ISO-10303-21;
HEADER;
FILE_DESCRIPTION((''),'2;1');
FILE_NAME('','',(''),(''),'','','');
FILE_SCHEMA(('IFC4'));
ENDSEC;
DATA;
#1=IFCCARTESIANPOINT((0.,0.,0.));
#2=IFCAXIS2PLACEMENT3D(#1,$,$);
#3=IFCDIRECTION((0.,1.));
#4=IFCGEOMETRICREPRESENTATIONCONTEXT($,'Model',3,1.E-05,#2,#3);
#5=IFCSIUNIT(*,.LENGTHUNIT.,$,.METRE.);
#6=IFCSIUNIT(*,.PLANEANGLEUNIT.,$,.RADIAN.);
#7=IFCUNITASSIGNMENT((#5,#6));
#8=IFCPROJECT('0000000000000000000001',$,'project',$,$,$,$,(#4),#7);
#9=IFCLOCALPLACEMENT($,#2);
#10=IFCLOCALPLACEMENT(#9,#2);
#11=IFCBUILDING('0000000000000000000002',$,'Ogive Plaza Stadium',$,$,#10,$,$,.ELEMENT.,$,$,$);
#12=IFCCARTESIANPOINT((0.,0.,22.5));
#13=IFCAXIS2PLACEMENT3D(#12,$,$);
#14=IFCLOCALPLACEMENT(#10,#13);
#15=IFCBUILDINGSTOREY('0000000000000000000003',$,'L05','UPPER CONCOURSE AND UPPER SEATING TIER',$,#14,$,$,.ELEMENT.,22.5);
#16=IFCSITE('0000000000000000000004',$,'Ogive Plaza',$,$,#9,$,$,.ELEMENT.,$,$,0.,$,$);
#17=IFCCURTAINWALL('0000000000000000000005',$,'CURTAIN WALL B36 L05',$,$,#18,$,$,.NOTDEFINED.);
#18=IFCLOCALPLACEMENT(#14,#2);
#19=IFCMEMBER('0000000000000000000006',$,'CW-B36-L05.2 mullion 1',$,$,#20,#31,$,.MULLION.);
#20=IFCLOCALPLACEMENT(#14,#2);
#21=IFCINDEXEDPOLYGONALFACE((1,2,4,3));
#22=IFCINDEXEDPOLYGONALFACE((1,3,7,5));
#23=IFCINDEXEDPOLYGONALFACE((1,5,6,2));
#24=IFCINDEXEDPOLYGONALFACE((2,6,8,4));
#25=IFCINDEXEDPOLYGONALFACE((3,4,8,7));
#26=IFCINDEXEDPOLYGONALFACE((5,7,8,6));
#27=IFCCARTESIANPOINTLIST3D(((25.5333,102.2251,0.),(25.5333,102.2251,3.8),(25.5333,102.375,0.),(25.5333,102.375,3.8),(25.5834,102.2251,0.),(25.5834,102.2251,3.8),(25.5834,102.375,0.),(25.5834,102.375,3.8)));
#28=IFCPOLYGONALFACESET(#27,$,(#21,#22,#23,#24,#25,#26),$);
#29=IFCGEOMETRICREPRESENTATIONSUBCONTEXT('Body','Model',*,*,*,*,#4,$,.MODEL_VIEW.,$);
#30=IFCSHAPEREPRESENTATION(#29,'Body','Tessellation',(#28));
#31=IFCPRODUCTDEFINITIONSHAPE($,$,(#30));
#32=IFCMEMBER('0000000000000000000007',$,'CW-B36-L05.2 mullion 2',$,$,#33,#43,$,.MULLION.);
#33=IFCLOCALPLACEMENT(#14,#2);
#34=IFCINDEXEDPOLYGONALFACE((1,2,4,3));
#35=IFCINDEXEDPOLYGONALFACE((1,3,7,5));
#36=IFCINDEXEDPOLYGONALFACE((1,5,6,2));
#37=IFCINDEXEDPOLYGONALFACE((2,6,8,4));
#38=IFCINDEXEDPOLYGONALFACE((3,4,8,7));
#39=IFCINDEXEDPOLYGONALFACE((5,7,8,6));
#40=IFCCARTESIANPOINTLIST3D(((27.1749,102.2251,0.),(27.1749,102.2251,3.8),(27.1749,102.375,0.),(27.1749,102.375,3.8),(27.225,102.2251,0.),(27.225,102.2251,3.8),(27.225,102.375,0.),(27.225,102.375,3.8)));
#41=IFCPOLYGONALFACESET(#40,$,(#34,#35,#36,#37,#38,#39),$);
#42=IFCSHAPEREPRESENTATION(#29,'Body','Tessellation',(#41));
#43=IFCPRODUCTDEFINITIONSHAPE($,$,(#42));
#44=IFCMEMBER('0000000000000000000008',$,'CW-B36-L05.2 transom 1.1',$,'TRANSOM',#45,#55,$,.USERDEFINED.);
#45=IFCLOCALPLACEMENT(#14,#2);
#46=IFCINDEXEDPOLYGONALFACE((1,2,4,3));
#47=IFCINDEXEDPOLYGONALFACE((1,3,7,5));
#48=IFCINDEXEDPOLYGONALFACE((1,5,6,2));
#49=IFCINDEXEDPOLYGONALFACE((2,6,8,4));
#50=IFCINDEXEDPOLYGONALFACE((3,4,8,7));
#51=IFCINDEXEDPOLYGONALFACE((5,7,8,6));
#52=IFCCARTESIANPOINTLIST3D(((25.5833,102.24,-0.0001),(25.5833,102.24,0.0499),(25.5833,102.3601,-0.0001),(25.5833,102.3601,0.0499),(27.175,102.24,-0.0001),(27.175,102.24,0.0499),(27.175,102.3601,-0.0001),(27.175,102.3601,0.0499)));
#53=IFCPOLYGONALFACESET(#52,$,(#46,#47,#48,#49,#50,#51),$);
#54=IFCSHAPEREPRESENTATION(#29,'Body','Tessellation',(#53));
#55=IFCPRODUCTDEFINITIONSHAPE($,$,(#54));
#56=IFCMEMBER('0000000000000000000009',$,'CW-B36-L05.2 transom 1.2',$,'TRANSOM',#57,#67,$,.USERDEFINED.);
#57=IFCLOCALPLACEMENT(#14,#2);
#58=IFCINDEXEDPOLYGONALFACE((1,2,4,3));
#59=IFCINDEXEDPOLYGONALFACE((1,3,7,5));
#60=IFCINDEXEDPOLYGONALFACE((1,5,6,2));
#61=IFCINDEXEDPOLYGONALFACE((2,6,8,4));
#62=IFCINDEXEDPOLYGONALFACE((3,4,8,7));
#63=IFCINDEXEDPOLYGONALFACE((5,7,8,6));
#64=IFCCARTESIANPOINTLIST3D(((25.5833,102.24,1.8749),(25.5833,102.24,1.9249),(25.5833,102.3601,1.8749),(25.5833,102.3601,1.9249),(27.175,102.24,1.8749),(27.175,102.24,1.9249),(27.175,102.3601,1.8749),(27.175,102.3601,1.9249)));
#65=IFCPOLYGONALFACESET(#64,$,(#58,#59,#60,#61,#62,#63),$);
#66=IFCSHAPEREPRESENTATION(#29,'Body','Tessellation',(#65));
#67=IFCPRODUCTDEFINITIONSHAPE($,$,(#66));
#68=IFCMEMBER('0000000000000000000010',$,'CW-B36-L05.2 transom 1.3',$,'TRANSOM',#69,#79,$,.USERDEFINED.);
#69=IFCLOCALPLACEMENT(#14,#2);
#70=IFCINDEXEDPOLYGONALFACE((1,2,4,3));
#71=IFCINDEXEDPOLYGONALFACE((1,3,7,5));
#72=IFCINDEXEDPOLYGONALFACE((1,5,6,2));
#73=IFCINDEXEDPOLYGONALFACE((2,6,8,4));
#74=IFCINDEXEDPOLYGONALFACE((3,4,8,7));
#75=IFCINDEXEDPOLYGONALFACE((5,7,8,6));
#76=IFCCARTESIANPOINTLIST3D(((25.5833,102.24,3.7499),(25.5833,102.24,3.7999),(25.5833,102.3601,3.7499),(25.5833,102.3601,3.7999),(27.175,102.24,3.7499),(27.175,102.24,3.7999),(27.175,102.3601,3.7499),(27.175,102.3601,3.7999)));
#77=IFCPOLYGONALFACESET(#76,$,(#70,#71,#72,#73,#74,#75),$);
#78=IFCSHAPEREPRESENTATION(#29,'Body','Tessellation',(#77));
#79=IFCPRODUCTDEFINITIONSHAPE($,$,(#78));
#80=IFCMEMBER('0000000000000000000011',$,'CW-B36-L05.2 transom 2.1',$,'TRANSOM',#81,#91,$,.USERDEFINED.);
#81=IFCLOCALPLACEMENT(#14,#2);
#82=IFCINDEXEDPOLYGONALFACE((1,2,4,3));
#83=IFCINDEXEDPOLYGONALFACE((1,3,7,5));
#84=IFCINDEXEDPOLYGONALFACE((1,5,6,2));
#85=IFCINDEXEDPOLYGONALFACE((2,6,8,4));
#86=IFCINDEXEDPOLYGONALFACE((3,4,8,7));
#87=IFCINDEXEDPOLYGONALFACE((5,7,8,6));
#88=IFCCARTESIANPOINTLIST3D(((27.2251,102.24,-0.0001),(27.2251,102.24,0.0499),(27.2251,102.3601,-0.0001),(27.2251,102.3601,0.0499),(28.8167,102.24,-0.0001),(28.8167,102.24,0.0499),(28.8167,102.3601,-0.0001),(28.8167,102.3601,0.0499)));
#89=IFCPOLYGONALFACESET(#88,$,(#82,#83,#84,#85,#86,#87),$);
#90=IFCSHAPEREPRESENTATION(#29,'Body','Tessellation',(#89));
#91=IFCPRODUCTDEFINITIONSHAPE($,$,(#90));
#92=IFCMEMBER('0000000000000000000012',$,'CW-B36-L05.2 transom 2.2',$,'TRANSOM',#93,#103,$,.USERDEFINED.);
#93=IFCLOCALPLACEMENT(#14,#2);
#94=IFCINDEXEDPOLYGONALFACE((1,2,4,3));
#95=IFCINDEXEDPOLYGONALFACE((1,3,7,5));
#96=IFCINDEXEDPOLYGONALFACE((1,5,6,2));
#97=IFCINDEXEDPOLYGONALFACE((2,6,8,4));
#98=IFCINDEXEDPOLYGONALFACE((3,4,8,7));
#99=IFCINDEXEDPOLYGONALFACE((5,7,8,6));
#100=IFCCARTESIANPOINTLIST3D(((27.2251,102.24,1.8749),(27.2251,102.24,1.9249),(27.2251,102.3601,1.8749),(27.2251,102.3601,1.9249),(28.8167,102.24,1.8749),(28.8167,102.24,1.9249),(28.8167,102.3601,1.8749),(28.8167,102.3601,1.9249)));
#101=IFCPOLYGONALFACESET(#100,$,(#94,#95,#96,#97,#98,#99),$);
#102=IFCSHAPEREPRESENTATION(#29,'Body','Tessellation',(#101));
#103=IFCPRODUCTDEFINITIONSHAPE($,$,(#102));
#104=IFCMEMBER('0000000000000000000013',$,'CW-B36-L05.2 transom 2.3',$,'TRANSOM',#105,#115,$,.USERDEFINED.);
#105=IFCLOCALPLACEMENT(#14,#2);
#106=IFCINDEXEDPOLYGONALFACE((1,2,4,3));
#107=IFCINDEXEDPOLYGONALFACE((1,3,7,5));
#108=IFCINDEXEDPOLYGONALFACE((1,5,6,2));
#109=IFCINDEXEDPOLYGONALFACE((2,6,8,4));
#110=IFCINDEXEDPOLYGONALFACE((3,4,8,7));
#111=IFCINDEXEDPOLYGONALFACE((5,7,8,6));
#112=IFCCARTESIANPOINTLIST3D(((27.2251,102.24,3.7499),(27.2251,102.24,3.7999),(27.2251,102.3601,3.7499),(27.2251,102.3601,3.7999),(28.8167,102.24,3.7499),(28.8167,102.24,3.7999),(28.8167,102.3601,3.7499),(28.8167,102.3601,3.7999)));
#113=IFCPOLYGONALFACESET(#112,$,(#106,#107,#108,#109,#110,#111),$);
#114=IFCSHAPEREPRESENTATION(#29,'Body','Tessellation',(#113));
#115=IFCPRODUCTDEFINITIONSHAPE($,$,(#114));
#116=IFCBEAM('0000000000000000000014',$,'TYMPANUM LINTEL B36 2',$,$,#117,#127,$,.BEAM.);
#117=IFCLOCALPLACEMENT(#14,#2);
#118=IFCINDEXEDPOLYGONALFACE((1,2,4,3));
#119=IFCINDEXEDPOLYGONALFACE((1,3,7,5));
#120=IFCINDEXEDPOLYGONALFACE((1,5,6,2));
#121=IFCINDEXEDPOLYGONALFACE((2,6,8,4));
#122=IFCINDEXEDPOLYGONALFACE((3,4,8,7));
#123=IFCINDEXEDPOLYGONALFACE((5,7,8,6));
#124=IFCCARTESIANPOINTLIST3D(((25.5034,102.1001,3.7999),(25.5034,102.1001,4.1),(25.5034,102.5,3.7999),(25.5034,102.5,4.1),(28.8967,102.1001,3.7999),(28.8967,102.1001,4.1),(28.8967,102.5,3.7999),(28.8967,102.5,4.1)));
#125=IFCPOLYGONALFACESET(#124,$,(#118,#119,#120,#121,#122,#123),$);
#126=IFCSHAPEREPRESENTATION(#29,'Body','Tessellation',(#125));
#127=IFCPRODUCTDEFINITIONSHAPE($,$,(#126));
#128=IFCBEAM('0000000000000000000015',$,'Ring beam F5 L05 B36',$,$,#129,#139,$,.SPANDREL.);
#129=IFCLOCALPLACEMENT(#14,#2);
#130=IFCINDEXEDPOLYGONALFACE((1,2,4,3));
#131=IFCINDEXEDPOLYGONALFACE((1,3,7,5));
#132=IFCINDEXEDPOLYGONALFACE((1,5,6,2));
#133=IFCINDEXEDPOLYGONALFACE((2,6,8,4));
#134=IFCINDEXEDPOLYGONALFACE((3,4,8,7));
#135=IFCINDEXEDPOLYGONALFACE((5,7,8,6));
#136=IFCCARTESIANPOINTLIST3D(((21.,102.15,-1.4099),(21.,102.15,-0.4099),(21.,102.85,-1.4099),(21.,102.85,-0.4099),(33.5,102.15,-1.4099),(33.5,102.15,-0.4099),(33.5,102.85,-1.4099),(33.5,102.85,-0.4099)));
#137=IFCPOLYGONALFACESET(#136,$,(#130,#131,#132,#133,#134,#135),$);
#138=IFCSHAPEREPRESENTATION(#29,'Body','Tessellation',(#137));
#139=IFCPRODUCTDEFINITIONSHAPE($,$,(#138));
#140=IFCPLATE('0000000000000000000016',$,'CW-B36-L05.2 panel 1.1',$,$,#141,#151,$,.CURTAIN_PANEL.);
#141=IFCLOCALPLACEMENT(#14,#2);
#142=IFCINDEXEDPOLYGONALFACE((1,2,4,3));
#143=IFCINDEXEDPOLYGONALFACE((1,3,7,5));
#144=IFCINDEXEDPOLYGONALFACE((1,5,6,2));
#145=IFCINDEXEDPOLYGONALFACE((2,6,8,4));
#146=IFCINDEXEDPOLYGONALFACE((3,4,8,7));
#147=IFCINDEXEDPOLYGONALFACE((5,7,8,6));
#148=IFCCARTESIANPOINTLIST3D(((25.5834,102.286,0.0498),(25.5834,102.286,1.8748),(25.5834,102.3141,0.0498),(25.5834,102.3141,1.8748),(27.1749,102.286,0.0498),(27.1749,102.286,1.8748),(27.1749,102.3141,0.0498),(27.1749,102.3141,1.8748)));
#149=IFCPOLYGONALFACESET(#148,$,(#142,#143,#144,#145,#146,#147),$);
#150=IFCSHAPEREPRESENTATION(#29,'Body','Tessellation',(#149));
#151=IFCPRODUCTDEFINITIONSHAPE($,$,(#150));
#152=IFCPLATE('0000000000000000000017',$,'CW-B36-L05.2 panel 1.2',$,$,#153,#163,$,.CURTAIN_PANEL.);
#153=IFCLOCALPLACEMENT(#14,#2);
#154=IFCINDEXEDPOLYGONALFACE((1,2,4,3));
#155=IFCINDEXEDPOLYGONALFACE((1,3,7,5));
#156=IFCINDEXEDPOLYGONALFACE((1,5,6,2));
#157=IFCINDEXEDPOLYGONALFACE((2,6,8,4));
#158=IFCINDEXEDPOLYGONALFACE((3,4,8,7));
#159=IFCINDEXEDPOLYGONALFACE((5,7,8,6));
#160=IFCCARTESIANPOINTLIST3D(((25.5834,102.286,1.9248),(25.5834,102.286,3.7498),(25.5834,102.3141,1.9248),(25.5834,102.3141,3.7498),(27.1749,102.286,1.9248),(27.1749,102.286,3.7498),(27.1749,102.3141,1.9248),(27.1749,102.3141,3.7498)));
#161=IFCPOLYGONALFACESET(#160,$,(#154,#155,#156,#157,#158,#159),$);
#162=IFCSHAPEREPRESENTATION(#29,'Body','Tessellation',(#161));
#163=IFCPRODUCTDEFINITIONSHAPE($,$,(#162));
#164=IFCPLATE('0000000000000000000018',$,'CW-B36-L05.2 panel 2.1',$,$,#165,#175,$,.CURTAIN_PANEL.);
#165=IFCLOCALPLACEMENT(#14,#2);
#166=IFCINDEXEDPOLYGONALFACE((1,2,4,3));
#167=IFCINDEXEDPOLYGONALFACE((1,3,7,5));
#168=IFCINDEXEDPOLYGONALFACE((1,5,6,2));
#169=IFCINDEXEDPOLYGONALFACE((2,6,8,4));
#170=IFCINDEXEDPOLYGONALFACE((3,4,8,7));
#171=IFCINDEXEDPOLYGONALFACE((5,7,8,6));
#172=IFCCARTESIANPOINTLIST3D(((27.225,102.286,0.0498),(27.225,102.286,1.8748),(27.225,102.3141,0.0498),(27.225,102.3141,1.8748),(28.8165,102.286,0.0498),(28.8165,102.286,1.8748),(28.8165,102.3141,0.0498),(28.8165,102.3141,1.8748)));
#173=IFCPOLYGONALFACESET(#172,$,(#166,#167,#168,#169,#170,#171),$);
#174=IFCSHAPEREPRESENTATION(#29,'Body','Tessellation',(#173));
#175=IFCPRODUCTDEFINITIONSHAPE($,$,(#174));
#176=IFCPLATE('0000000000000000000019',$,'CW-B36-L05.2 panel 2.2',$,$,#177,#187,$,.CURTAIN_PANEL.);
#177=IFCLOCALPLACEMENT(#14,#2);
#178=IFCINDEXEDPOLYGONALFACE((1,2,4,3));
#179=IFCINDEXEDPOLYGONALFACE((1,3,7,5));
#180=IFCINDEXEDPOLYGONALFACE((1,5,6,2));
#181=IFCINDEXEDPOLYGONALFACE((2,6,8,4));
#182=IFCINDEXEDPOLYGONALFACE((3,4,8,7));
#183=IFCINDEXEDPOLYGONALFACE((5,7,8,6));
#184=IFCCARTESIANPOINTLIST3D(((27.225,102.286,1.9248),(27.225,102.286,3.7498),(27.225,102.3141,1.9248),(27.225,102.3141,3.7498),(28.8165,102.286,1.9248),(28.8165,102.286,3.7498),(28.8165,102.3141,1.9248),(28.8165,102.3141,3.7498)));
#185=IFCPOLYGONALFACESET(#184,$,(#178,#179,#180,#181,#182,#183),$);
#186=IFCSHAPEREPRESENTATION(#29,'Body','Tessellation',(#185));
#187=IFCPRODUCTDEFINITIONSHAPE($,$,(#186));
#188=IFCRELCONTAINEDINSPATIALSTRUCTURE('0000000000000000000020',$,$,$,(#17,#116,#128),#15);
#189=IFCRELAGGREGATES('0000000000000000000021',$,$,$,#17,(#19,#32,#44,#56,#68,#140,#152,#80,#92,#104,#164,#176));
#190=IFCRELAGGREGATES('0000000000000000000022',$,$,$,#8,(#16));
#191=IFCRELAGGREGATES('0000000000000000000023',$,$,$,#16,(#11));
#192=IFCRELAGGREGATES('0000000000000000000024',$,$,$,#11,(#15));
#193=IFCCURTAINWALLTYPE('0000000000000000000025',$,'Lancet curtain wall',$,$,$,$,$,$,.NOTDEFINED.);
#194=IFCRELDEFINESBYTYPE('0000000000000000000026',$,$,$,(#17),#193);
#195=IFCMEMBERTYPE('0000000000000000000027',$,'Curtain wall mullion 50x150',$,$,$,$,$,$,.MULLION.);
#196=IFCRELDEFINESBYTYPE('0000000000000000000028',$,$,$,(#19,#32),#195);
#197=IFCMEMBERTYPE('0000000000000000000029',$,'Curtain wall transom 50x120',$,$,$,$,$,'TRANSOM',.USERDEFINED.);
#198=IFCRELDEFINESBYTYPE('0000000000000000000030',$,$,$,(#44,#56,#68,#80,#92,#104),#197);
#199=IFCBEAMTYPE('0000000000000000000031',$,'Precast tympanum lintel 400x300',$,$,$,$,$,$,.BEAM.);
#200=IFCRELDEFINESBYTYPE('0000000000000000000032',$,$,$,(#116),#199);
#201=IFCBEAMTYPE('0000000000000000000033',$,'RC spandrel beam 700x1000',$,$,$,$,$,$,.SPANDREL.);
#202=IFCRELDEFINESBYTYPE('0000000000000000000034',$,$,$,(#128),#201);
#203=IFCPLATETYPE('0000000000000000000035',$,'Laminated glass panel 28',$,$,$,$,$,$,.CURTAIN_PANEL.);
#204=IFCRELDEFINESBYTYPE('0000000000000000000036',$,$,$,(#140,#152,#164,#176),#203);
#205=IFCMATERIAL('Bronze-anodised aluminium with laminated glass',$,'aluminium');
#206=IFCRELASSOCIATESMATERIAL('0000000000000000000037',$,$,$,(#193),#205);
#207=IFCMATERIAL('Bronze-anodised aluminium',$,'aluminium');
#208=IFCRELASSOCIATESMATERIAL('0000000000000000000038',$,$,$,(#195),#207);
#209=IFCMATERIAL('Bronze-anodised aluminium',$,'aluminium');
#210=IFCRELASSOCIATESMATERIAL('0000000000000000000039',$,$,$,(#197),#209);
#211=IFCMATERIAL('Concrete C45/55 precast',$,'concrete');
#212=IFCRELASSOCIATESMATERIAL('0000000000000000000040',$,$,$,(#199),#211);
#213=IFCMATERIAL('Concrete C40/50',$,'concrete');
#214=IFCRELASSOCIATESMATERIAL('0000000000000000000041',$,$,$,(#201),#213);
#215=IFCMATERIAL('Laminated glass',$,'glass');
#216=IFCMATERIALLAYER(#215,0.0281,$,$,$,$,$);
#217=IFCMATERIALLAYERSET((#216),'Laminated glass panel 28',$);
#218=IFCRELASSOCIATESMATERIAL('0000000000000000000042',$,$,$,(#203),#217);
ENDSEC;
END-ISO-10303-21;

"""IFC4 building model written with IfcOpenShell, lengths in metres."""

from ifc_helpers import new_model, si_unit, direction, frame, origin, origin_2d, place, context, subcontext, project, spatial, rectangle, extrude, material, layer, layer_set, material_profile, profile_set, type_object, element, aggregate, save


model = new_model("IFC4")

# Units and contexts
model_context = context("Model", 3, precision=1e-05, world=origin(), true_north=direction((0.0, 1.0)))
body_context = subcontext(model_context, "Body", "Model", "MODEL_VIEW")
ifc_project = project(units=[si_unit("LENGTHUNIT", "METRE"), si_unit("PLANEANGLEUNIT", "RADIAN")], contexts=[model_context])

# Site, building, storey
site_placement = place(None, origin())
site = spatial("IfcSite", under=ifc_project, at=site_placement, Name="Ogive Plaza", CompositionType="ELEMENT", RefElevation=0.0)
building_placement = place(site_placement, origin())
building = spatial("IfcBuilding", under=site, at=building_placement, Name="Ogive Plaza Stadium", CompositionType="ELEMENT")
storey_placement = place(building_placement, frame((0.0, 0.0, 22.5)))
storey = spatial("IfcBuildingStorey", under=building, at=storey_placement, Name="L05", Description="UPPER CONCOURSE AND UPPER SEATING TIER", CompositionType="ELEMENT", Elevation=22.5)

# Curtain wall, members
ifc_material_1 = material(Name="Bronze-anodised aluminium with laminated glass", Category="aluminium")
curtain_wall_type = type_object("IfcCurtainWallType", Name="Lancet curtain wall", PredefinedType="NOTDEFINED", material=ifc_material_1)
curtain_wall_placement = place(storey_placement, origin())
curtain_wall = element("IfcCurtainWall", 1, at=curtain_wall_placement, inside=storey, type_object=curtain_wall_type, Name="CURTAIN WALL B36 L05", PredefinedType="NOTDEFINED")
ifc_material_2 = material(Name="Bronze-anodised aluminium", Category="aluminium")
ifc_material_profile_1 = material_profile(ifc_material_2, rectangle(XDim=0.1499, YDim=0.05, at=origin_2d()), Name="AL 150x50")
ifc_profile_set_1 = profile_set([ifc_material_profile_1], Name="Bronze-anodised aluminium")
member_type_1 = type_object("IfcMemberType", Name="Curtain wall mullion 50x150", PredefinedType="MULLION", material=ifc_profile_set_1)
member_1_placement = place(storey_placement, frame((25.5583, 102.3, 0.0), z_axis=(0.0, 0.0, 1.0), x_axis=(0.0, 1.0, 0.0)))
member_1 = element("IfcMember", 2, at=member_1_placement, type_object=member_type_1, Name="CW-B36-L05.2 mullion 1", PredefinedType="MULLION", context=body_context, shape_type="SweptSolid", body=[
    extrude(rectangle(XDim=0.1499, YDim=0.05, at=origin_2d()), origin(), (0.0, 0.0, 1.0), 3.8),
])
member_2_placement = place(storey_placement, frame((27.2, 102.3, 0.0), z_axis=(0.0, 0.0, 1.0), x_axis=(0.0, 1.0, 0.0)))
member_2 = element("IfcMember", 3, at=member_2_placement, type_object=member_type_1, Name="CW-B36-L05.2 mullion 2", PredefinedType="MULLION", context=body_context, shape_type="SweptSolid", body=[
    extrude(rectangle(XDim=0.1499, YDim=0.05, at=origin_2d()), origin(), (0.0, 0.0, 1.0), 3.8),
])
ifc_material_3 = material(Name="Bronze-anodised aluminium", Category="aluminium")
ifc_material_profile_2 = material_profile(ifc_material_3, rectangle(XDim=0.1201, YDim=0.05, at=origin_2d()), Name="AL 120x50")
ifc_profile_set_2 = profile_set([ifc_material_profile_2], Name="Bronze-anodised aluminium")
member_type_2 = type_object("IfcMemberType", Name="Curtain wall transom 50x120", ElementType="TRANSOM", PredefinedType="USERDEFINED", material=ifc_profile_set_2)
member_3_placement = place(storey_placement, frame((25.5833, 102.3, 0.0249), z_axis=(1.0, 0.0, 0.0), x_axis=(0.0, 1.0, 0.0)))
member_3 = element("IfcMember", 4, at=member_3_placement, type_object=member_type_2, Name="CW-B36-L05.2 transom 1.1", ObjectType="TRANSOM", PredefinedType="USERDEFINED", context=body_context, shape_type="SweptSolid", body=[
    extrude(rectangle(XDim=0.1201, YDim=0.05, at=origin_2d()), origin(), (0.0, 0.0, 1.0), 1.5918),
])
member_4_placement = place(storey_placement, frame((25.5833, 102.3, 1.8999), z_axis=(1.0, 0.0, 0.0), x_axis=(0.0, 1.0, 0.0)))
member_4 = element("IfcMember", 5, at=member_4_placement, type_object=member_type_2, Name="CW-B36-L05.2 transom 1.2", ObjectType="TRANSOM", PredefinedType="USERDEFINED", context=body_context, shape_type="SweptSolid", body=[
    extrude(rectangle(XDim=0.1201, YDim=0.05, at=origin_2d()), origin(), (0.0, 0.0, 1.0), 1.5918),
])
member_5_placement = place(storey_placement, frame((25.5833, 102.3, 3.7749), z_axis=(1.0, 0.0, 0.0), x_axis=(0.0, 1.0, 0.0)))
member_5 = element("IfcMember", 6, at=member_5_placement, type_object=member_type_2, Name="CW-B36-L05.2 transom 1.3", ObjectType="TRANSOM", PredefinedType="USERDEFINED", context=body_context, shape_type="SweptSolid", body=[
    extrude(rectangle(XDim=0.1201, YDim=0.05, at=origin_2d()), origin(), (0.0, 0.0, 1.0), 1.5918),
])
member_6_placement = place(storey_placement, frame((27.2251, 102.3, 0.0249), z_axis=(1.0, 0.0, 0.0), x_axis=(0.0, 1.0, 0.0)))
member_6 = element("IfcMember", 7, at=member_6_placement, type_object=member_type_2, Name="CW-B36-L05.2 transom 2.1", ObjectType="TRANSOM", PredefinedType="USERDEFINED", context=body_context, shape_type="SweptSolid", body=[
    extrude(rectangle(XDim=0.1201, YDim=0.05, at=origin_2d()), origin(), (0.0, 0.0, 1.0), 1.5916),
])
member_7_placement = place(storey_placement, frame((27.2251, 102.3, 1.8999), z_axis=(1.0, 0.0, 0.0), x_axis=(0.0, 1.0, 0.0)))
member_7 = element("IfcMember", 8, at=member_7_placement, type_object=member_type_2, Name="CW-B36-L05.2 transom 2.2", ObjectType="TRANSOM", PredefinedType="USERDEFINED", context=body_context, shape_type="SweptSolid", body=[
    extrude(rectangle(XDim=0.1201, YDim=0.05, at=origin_2d()), origin(), (0.0, 0.0, 1.0), 1.5916),
])
member_8_placement = place(storey_placement, frame((27.2251, 102.3, 3.7749), z_axis=(1.0, 0.0, 0.0), x_axis=(0.0, 1.0, 0.0)))
member_8 = element("IfcMember", 9, at=member_8_placement, type_object=member_type_2, Name="CW-B36-L05.2 transom 2.3", ObjectType="TRANSOM", PredefinedType="USERDEFINED", context=body_context, shape_type="SweptSolid", body=[
    extrude(rectangle(XDim=0.1201, YDim=0.05, at=origin_2d()), origin(), (0.0, 0.0, 1.0), 1.5916),
])

# Beams
ifc_material_4 = material(Name="Concrete C45/55 precast", Category="concrete")
ifc_material_profile_3 = material_profile(ifc_material_4, rectangle(XDim=0.3999, YDim=0.3, at=origin_2d()), Name="RC 400x300")
ifc_profile_set_3 = profile_set([ifc_material_profile_3], Name="Concrete C45/55 precast")
beam_type_1 = type_object("IfcBeamType", Name="Precast tympanum lintel 400x300", PredefinedType="BEAM", material=ifc_profile_set_3)
beam_1_placement = place(storey_placement, frame((25.5034, 102.3, 3.95), z_axis=(1.0, 0.0, 0.0), x_axis=(0.0, 1.0, 0.0)))
element("IfcBeam", 10, at=beam_1_placement, inside=storey, type_object=beam_type_1, Name="TYMPANUM LINTEL B36 2", PredefinedType="BEAM", context=body_context, shape_type="SweptSolid", body=[
    extrude(rectangle(XDim=0.3999, YDim=0.3, at=origin_2d()), origin(), (0.0, 0.0, 1.0), 3.3933),
])
ifc_material_5 = material(Name="Concrete C40/50", Category="concrete")
ifc_material_profile_4 = material_profile(ifc_material_5, rectangle(XDim=0.7, YDim=1.0, at=origin_2d()), Name="RC 700x1000")
ifc_profile_set_4 = profile_set([ifc_material_profile_4], Name="Concrete C40/50")
beam_type_2 = type_object("IfcBeamType", Name="RC spandrel beam 700x1000", PredefinedType="SPANDREL", material=ifc_profile_set_4)
beam_2_placement = place(storey_placement, frame((21.0, 102.5, -0.9099), z_axis=(1.0, 0.0, 0.0), x_axis=(0.0, 1.0, 0.0)))
element("IfcBeam", 11, at=beam_2_placement, inside=storey, type_object=beam_type_2, Name="Ring beam F5 L05 B36", PredefinedType="SPANDREL", context=body_context, shape_type="SweptSolid", body=[
    extrude(rectangle(XDim=0.7, YDim=1.0, at=origin_2d()), origin(), (0.0, 0.0, 1.0), 12.5),
])

# Plates
ifc_material_6 = material(Name="Laminated glass", Category="glass")
ifc_layer_1 = layer(ifc_material_6, 0.0281)
ifc_layer_set_1 = layer_set([ifc_layer_1], Name="Laminated glass panel 28")
plate_type = type_object("IfcPlateType", Name="Laminated glass panel 28", PredefinedType="CURTAIN_PANEL", material=ifc_layer_set_1)
plate_1_placement = place(storey_placement, frame((26.3792, 102.3, 0.0498), z_axis=(0.0, 0.0, 1.0), x_axis=(1.0, 0.0, 0.0)))
plate_1 = element("IfcPlate", 12, at=plate_1_placement, type_object=plate_type, Name="CW-B36-L05.2 panel 1.1", PredefinedType="CURTAIN_PANEL", context=body_context, shape_type="SweptSolid", body=[
    extrude(rectangle(XDim=1.5916, YDim=0.0281, at=origin_2d()), origin(), (0.0, 0.0, 1.0), 1.825),
])
plate_2_placement = place(storey_placement, frame((26.3792, 102.3, 1.9248), z_axis=(0.0, 0.0, 1.0), x_axis=(1.0, 0.0, 0.0)))
plate_2 = element("IfcPlate", 13, at=plate_2_placement, type_object=plate_type, Name="CW-B36-L05.2 panel 1.2", PredefinedType="CURTAIN_PANEL", context=body_context, shape_type="SweptSolid", body=[
    extrude(rectangle(XDim=1.5916, YDim=0.0281, at=origin_2d()), origin(), (0.0, 0.0, 1.0), 1.825),
])
plate_3_placement = place(storey_placement, frame((28.0208, 102.3, 0.0498), z_axis=(0.0, 0.0, 1.0), x_axis=(1.0, 0.0, 0.0)))
plate_3 = element("IfcPlate", 14, at=plate_3_placement, type_object=plate_type, Name="CW-B36-L05.2 panel 2.1", PredefinedType="CURTAIN_PANEL", context=body_context, shape_type="SweptSolid", body=[
    extrude(rectangle(XDim=1.5916, YDim=0.0281, at=origin_2d()), origin(), (0.0, 0.0, 1.0), 1.825),
])
plate_4_placement = place(storey_placement, frame((28.0208, 102.3, 1.9248), z_axis=(0.0, 0.0, 1.0), x_axis=(1.0, 0.0, 0.0)))
plate_4 = element("IfcPlate", 15, at=plate_4_placement, type_object=plate_type, Name="CW-B36-L05.2 panel 2.2", PredefinedType="CURTAIN_PANEL", context=body_context, shape_type="SweptSolid", body=[
    extrude(rectangle(XDim=1.5916, YDim=0.0281, at=origin_2d()), origin(), (0.0, 0.0, 1.0), 1.825),
])
aggregate(curtain_wall, [member_1, member_2, member_3, member_4, member_5, plate_1, plate_2, member_6, member_7, member_8, plate_3, plate_4])

save(model, "model.ifc")
